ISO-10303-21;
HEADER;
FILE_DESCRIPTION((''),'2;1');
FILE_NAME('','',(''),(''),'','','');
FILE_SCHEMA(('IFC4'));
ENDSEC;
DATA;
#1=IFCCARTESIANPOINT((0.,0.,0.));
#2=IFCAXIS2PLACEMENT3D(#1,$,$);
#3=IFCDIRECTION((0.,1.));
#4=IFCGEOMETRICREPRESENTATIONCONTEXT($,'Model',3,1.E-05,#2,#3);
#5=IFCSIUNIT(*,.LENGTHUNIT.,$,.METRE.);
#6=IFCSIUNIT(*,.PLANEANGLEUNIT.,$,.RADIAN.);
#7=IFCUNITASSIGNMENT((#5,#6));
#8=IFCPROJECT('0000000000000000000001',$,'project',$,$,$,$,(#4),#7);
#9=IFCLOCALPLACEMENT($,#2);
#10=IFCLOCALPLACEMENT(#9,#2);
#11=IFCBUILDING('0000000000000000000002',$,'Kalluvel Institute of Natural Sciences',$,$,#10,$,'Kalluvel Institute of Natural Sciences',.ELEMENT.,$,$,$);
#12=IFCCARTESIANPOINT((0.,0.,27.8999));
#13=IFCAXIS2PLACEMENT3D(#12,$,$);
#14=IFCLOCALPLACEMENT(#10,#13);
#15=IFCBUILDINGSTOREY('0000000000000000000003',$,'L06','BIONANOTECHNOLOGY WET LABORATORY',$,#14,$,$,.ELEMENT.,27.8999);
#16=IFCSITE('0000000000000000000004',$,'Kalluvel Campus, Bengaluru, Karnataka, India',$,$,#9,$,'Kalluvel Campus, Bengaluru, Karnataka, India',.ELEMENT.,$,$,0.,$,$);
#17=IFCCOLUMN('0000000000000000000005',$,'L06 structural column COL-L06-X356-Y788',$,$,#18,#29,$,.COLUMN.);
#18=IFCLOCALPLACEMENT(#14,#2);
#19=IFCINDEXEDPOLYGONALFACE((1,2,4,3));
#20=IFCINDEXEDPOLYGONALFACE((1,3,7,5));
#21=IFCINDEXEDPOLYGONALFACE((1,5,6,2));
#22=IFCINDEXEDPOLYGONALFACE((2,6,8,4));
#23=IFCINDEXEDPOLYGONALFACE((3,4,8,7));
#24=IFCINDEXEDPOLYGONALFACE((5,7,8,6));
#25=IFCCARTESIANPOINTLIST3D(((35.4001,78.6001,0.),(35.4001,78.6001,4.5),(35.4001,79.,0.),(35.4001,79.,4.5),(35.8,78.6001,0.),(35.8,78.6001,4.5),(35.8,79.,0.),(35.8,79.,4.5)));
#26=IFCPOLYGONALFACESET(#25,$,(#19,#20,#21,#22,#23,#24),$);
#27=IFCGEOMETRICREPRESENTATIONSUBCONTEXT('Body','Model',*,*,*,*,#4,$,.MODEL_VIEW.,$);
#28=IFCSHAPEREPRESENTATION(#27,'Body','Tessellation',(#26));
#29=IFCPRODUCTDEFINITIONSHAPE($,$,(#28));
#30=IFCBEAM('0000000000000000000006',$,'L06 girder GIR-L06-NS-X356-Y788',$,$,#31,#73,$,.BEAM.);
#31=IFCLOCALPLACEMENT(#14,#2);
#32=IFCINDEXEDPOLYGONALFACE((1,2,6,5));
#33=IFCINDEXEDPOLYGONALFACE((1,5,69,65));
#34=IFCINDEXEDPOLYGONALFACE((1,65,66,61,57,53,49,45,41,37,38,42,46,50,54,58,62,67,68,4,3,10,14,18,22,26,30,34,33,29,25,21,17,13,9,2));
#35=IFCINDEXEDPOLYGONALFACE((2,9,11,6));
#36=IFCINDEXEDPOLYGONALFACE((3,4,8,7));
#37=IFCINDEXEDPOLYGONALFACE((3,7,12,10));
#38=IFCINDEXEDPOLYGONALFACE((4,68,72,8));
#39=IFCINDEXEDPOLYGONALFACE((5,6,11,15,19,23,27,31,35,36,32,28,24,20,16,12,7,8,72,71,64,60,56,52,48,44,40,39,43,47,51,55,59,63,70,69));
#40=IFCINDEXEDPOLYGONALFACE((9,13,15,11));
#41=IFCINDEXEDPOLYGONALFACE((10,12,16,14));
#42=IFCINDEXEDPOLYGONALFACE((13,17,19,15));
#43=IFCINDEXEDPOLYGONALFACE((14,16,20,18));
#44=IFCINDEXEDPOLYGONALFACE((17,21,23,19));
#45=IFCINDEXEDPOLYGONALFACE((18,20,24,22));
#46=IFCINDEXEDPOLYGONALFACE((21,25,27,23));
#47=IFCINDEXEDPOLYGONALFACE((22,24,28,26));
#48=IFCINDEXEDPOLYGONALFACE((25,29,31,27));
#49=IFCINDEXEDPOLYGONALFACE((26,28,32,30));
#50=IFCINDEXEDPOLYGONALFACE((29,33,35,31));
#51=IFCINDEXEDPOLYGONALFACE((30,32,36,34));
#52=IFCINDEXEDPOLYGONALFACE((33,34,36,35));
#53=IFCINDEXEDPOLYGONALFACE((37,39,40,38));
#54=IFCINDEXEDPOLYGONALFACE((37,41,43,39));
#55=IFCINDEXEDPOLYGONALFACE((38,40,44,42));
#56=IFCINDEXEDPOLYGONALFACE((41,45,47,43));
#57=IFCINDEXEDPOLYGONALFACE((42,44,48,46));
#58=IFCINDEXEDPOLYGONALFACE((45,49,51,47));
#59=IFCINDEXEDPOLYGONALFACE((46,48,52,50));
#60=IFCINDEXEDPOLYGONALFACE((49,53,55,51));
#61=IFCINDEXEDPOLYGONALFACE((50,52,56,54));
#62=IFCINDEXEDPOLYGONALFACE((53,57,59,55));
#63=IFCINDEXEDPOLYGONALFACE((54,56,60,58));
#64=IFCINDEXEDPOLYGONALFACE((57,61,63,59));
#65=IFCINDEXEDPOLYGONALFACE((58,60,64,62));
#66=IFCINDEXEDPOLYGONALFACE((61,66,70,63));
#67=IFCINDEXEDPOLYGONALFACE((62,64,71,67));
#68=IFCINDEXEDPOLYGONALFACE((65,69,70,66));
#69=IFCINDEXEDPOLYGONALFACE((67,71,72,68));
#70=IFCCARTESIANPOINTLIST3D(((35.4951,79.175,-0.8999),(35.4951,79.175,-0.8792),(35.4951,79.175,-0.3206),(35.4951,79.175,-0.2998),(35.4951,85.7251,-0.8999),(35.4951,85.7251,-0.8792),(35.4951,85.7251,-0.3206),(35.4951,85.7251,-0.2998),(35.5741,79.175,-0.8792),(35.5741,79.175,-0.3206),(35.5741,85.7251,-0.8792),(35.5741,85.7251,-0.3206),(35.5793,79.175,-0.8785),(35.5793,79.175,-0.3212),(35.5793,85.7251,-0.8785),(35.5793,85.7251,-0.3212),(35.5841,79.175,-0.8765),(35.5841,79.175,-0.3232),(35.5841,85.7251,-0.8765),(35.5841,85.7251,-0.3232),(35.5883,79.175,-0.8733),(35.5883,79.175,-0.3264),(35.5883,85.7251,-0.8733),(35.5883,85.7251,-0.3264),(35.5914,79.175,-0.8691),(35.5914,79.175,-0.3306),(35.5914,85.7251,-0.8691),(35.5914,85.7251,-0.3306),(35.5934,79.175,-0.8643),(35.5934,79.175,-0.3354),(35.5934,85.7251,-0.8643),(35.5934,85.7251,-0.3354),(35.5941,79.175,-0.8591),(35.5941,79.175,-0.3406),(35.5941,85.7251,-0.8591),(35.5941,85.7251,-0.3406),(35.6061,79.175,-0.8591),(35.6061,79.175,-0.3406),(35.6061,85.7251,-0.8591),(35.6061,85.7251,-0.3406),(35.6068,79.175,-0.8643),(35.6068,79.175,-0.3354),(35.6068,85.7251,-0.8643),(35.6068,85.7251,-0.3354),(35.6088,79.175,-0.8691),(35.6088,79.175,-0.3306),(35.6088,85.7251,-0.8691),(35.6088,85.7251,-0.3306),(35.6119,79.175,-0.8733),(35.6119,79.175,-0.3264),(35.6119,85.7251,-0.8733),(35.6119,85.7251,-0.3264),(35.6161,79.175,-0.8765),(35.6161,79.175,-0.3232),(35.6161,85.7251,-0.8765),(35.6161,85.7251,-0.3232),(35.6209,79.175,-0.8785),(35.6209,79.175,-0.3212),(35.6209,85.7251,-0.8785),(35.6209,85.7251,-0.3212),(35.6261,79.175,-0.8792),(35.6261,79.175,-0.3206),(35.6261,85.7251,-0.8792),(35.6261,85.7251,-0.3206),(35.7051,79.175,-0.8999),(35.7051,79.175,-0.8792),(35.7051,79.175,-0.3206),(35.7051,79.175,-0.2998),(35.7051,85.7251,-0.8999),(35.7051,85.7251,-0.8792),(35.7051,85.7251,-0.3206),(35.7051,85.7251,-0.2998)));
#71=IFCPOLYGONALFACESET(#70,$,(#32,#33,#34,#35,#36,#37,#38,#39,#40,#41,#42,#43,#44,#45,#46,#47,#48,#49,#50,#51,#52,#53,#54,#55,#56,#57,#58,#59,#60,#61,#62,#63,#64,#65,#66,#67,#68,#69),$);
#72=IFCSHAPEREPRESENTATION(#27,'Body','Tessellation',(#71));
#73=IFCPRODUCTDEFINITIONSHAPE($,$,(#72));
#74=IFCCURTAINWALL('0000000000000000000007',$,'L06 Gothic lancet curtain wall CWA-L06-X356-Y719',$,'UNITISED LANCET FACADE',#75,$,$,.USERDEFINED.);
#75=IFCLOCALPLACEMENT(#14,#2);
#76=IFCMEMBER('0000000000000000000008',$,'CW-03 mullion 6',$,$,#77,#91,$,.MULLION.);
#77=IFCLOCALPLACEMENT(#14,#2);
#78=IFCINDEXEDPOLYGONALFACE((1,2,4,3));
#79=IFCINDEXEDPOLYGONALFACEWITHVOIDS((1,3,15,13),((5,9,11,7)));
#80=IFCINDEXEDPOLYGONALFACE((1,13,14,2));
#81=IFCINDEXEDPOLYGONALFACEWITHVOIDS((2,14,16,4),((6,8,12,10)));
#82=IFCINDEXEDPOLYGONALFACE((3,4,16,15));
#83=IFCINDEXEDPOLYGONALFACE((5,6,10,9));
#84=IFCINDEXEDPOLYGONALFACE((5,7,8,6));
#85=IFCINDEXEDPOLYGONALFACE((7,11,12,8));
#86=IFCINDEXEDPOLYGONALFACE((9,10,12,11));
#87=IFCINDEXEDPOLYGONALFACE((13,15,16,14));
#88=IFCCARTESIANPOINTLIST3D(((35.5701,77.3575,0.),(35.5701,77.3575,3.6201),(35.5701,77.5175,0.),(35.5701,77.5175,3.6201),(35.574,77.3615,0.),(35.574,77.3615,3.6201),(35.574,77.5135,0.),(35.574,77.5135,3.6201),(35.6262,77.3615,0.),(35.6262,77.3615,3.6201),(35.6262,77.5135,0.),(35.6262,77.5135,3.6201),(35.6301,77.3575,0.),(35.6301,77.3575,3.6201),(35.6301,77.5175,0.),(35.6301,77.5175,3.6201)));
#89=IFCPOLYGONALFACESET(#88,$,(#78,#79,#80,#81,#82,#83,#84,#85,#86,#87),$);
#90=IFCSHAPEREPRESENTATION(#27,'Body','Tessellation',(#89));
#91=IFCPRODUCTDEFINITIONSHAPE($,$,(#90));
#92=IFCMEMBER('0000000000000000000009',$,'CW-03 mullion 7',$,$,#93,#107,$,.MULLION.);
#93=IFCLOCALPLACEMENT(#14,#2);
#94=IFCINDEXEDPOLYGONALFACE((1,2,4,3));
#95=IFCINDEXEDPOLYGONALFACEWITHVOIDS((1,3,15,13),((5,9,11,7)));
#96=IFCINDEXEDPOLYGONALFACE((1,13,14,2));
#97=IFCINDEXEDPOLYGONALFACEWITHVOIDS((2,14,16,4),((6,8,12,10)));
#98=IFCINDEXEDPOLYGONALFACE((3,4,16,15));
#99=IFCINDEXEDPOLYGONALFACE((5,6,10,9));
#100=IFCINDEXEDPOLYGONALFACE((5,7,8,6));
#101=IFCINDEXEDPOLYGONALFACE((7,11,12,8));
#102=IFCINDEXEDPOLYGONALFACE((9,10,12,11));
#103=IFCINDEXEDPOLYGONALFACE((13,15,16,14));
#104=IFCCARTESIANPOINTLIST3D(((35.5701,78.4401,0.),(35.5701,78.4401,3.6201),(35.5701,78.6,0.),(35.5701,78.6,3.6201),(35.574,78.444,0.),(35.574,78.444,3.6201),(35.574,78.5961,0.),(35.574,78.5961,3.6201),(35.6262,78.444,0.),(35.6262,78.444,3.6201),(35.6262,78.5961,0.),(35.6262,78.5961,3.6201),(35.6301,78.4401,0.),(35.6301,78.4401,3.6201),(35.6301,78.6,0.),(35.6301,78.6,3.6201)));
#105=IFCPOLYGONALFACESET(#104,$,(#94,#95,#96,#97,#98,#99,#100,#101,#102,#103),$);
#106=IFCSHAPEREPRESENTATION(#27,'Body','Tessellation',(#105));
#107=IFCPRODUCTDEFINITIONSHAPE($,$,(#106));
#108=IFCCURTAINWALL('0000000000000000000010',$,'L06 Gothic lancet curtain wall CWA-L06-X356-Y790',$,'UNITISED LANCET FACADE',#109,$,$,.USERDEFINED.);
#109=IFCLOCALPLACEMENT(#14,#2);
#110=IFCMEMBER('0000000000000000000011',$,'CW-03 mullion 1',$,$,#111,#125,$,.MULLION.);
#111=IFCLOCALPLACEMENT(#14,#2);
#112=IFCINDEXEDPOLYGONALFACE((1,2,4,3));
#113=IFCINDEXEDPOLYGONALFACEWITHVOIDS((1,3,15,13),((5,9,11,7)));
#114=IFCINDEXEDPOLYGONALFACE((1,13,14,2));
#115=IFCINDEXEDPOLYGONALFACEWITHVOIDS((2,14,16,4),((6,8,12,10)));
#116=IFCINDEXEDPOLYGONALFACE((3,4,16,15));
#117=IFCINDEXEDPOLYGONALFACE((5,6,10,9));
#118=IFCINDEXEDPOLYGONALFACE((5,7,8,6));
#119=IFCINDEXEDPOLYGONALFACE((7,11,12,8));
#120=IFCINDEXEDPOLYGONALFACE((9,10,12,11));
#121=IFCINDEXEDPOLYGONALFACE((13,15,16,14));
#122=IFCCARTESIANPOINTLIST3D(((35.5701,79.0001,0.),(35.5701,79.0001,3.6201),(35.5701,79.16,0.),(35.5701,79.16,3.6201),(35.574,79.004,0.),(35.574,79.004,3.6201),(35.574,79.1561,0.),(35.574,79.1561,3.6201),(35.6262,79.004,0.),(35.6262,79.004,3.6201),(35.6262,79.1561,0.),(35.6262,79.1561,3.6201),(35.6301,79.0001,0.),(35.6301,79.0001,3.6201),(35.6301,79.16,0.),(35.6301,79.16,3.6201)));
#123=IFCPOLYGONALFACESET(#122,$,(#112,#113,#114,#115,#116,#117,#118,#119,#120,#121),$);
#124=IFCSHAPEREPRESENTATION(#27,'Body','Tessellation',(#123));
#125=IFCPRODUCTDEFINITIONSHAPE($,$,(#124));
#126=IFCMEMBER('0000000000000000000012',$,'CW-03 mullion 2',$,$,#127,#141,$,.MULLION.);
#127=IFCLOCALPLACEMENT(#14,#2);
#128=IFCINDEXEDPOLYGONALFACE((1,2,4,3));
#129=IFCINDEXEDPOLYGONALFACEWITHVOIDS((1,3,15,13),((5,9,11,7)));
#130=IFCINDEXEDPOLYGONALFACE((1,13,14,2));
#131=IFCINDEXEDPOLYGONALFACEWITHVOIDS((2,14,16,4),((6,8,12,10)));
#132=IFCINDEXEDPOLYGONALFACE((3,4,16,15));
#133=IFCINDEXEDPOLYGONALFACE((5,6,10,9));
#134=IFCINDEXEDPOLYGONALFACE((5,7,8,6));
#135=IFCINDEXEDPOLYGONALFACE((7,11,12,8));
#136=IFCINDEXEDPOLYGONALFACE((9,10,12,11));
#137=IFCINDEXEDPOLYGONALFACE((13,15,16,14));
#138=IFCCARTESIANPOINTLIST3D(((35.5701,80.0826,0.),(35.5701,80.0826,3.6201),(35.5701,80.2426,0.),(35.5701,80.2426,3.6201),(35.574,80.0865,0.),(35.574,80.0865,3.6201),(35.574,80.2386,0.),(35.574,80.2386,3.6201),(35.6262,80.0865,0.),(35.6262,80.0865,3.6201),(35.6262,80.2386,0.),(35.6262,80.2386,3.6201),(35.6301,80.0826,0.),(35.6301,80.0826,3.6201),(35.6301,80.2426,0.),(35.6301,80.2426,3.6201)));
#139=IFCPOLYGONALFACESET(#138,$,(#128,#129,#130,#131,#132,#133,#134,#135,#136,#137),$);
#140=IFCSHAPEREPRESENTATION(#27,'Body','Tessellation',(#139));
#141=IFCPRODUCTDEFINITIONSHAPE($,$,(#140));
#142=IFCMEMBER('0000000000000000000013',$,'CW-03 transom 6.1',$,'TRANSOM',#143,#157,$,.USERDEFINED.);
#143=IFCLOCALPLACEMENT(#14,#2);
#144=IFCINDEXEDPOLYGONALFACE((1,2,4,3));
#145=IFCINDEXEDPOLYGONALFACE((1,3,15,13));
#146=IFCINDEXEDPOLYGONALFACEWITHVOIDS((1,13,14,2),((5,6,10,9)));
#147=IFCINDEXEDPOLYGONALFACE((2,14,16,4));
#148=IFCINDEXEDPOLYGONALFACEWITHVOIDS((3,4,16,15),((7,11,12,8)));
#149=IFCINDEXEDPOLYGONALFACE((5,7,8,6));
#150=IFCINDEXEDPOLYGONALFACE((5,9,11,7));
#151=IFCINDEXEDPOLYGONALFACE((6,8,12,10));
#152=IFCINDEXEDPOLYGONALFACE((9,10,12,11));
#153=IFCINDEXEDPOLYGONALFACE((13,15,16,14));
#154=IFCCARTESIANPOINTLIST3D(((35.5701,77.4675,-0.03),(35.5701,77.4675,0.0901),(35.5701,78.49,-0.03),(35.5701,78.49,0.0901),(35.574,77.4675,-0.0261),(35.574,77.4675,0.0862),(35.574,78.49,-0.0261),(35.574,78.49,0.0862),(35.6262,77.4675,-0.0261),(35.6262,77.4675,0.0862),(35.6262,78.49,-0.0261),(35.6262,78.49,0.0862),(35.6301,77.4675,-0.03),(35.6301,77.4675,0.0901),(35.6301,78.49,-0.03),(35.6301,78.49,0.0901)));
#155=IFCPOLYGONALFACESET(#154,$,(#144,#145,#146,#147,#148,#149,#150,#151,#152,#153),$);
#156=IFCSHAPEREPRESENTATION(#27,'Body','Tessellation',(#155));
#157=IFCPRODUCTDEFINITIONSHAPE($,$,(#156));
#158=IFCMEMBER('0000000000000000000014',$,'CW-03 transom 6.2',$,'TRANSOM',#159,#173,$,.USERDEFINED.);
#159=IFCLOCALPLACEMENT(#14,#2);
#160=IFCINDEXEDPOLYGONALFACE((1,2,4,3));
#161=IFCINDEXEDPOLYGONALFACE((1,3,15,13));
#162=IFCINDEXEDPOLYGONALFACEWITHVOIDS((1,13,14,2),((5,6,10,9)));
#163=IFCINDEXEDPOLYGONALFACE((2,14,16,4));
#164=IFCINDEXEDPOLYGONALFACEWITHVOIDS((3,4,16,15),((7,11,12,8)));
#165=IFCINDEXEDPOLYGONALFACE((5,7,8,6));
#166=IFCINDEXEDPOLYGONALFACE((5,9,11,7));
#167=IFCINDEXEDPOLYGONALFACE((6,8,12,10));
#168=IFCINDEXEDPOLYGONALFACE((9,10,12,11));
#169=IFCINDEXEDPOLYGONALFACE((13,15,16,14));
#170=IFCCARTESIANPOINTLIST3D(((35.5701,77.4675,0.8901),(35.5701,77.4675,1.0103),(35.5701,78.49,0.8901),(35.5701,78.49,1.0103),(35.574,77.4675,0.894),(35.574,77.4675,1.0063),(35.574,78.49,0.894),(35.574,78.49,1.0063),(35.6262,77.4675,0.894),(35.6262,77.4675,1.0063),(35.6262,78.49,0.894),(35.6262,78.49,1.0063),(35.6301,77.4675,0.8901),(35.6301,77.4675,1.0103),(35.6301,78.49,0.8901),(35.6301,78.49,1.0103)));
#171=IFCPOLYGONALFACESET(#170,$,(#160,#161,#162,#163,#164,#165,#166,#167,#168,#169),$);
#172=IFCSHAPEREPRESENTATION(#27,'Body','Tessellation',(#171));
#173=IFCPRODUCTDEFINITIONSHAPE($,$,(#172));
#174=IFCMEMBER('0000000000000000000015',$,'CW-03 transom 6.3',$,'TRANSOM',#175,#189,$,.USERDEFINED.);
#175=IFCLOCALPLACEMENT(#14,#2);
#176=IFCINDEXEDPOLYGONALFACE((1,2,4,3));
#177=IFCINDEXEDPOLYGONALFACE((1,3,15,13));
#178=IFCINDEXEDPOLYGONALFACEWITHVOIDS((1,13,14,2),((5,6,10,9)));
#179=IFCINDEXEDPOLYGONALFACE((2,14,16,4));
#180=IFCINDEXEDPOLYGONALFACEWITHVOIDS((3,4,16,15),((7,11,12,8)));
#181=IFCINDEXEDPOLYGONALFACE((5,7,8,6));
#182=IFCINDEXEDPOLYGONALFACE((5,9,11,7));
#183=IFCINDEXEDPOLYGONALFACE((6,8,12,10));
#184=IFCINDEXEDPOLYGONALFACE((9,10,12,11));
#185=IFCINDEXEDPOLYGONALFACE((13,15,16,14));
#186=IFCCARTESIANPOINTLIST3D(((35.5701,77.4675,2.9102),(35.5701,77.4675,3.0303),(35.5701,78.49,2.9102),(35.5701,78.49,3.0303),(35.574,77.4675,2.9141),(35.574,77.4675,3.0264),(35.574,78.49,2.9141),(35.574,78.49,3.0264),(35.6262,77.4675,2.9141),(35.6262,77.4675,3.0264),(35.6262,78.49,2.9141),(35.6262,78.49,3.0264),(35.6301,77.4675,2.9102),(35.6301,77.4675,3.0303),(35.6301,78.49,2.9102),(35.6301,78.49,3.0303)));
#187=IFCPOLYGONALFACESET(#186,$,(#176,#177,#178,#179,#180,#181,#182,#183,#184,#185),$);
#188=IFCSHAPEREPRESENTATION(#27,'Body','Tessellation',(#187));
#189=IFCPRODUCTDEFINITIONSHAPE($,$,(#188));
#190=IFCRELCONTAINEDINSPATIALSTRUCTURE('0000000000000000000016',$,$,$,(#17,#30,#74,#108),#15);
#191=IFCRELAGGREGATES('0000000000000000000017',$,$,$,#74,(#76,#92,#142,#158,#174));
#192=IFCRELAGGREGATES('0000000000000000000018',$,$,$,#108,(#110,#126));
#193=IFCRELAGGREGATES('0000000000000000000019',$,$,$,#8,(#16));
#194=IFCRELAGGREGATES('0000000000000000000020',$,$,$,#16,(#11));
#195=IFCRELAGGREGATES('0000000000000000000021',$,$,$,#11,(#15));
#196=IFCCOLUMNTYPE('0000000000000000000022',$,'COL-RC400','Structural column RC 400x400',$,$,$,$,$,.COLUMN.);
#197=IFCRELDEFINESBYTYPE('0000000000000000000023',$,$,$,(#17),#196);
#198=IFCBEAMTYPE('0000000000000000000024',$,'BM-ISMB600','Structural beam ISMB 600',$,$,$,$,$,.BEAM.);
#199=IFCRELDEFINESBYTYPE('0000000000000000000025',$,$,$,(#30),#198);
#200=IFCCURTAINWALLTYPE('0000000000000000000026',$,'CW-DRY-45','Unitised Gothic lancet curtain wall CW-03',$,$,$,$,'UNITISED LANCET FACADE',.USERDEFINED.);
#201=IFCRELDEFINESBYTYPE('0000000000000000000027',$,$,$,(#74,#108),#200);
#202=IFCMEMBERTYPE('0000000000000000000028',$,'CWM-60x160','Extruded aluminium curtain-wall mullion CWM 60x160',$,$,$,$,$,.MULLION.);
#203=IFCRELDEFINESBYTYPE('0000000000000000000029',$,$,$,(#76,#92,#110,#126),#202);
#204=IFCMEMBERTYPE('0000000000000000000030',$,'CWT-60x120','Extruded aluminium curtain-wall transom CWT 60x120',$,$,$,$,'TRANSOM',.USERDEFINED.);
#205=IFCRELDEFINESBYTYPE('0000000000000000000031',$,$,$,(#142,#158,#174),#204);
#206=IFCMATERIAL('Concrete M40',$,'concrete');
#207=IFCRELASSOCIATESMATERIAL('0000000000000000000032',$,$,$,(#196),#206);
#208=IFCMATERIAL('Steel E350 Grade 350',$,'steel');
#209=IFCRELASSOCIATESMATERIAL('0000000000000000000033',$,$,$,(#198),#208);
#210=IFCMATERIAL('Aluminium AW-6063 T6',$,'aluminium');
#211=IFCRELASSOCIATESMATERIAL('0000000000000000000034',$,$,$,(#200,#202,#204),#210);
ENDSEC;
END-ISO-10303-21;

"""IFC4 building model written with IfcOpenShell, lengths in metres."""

from ifc_helpers import new_model, si_unit, direction, frame, origin, origin_2d, place, context, subcontext, project, spatial, rectangle, hollow_rectangle, i_section, extrude, material, material_profile, profile_set, type_object, element, aggregate, save


model = new_model("IFC4")

# Units and contexts
model_context = context("Model", 3, precision=1e-05, world=origin(), true_north=direction((0.0, 1.0)))
body_context = subcontext(model_context, "Body", "Model", "MODEL_VIEW")
ifc_project = project(units=[si_unit("LENGTHUNIT", "METRE"), si_unit("PLANEANGLEUNIT", "RADIAN")], contexts=[model_context])

# Site, building, storey
site_placement = place(None, origin())
site = spatial("IfcSite", under=ifc_project, at=site_placement, Name="Kalluvel Campus, Bengaluru, Karnataka, India", LongName="Kalluvel Campus, Bengaluru, Karnataka, India", CompositionType="ELEMENT", RefElevation=0.0)
building_placement = place(site_placement, origin())
building = spatial("IfcBuilding", under=site, at=building_placement, Name="Kalluvel Institute of Natural Sciences", LongName="Kalluvel Institute of Natural Sciences", CompositionType="ELEMENT")
storey_placement = place(building_placement, frame((0.0, 0.0, 27.8999)))
storey = spatial("IfcBuildingStorey", under=building, at=storey_placement, Name="L06", Description="BIONANOTECHNOLOGY WET LABORATORY", CompositionType="ELEMENT", Elevation=27.8999)

# Column
ifc_material_1 = material(Name="Concrete M40", Category="concrete")
ifc_material_profile_1 = material_profile(ifc_material_1, rectangle(XDim=0.3999, YDim=0.3999, at=origin_2d()), Name="RC 400x400")
ifc_profile_set_1 = profile_set([ifc_material_profile_1], Name="Concrete M40")
column_type = type_object("IfcColumnType", Name="COL-RC400", Description="Structural column RC 400x400", PredefinedType="COLUMN", material=ifc_profile_set_1)
column_placement = place(storey_placement, frame((35.6001, 78.8, 0.0), z_axis=(0.0, 0.0, 1.0), x_axis=(1.0, 0.0, 0.0)))
element("IfcColumn", 1, at=column_placement, inside=storey, type_object=column_type, Name="L06 structural column COL-L06-X356-Y788", PredefinedType="COLUMN", context=body_context, shape_type="SweptSolid", body=[
    extrude(rectangle(XDim=0.3999, YDim=0.3999, at=origin_2d()), origin(), (0.0, 0.0, 1.0), 4.5),
])

# Beam
ifc_material_2 = material(Name="Steel E350 Grade 350", Category="steel")
ifc_material_profile_2 = material_profile(ifc_material_2, i_section(OverallWidth=0.21, OverallDepth=0.6001, WebThickness=0.012, FlangeThickness=0.0208, FilletRadius=0.02, at=origin_2d()), Name="ISMB 600")
ifc_profile_set_2 = profile_set([ifc_material_profile_2], Name="Steel E350 Grade 350")
beam_type = type_object("IfcBeamType", Name="BM-ISMB600", Description="Structural beam ISMB 600", PredefinedType="BEAM", material=ifc_profile_set_2)
beam_placement = place(storey_placement, frame((35.6001, 79.175, -0.5999), z_axis=(0.0, 1.0, 0.0), x_axis=(-1.0, 0.0, 0.0)))
element("IfcBeam", 2, at=beam_placement, inside=storey, type_object=beam_type, Name="L06 girder GIR-L06-NS-X356-Y788", PredefinedType="BEAM", context=body_context, shape_type="SweptSolid", body=[
    extrude(i_section(OverallWidth=0.21, OverallDepth=0.6001, WebThickness=0.012, FlangeThickness=0.0208, FilletRadius=0.02, at=origin_2d()), origin(), (0.0, 0.0, 1.0), 6.55),
])

# Curtain walls, members
ifc_material_3 = material(Name="Aluminium AW-6063 T6", Category="aluminium")
curtain_wall_type = type_object("IfcCurtainWallType", Name="CW-DRY-45", Description="Unitised Gothic lancet curtain wall CW-03", ElementType="UNITISED LANCET FACADE", PredefinedType="USERDEFINED", material=ifc_material_3)
curtain_wall_1_placement = place(storey_placement, origin())
curtain_wall_1 = element("IfcCurtainWall", 3, at=curtain_wall_1_placement, inside=storey, type_object=curtain_wall_type, Name="L06 Gothic lancet curtain wall CWA-L06-X356-Y719", ObjectType="UNITISED LANCET FACADE", PredefinedType="USERDEFINED")
ifc_material_profile_3 = material_profile(ifc_material_3, hollow_rectangle(XDim=0.0601, YDim=0.1599, WallThickness=0.0039, at=origin_2d()), Name="CWM 60x160")
ifc_profile_set_3 = profile_set([ifc_material_profile_3], Name="Aluminium AW-6063 T6")
member_type_1 = type_object("IfcMemberType", Name="CWM-60x160", Description="Extruded aluminium curtain-wall mullion CWM 60x160", PredefinedType="MULLION", material=ifc_profile_set_3)
member_1_placement = place(storey_placement, frame((35.6001, 77.4375, 0.0), z_axis=(0.0, 0.0, 1.0), x_axis=(-1.0, 0.0, 0.0)))
member_1 = element("IfcMember", 4, at=member_1_placement, type_object=member_type_1, Name="CW-03 mullion 6", PredefinedType="MULLION", context=body_context, shape_type="SweptSolid", body=[
    extrude(hollow_rectangle(XDim=0.0601, YDim=0.1599, WallThickness=0.0039, at=origin_2d()), origin(), (0.0, 0.0, 1.0), 3.6201),
])
member_2_placement = place(storey_placement, frame((35.6001, 78.52, 0.0), z_axis=(0.0, 0.0, 1.0), x_axis=(-1.0, 0.0, 0.0)))
member_2 = element("IfcMember", 5, at=member_2_placement, type_object=member_type_1, Name="CW-03 mullion 7", PredefinedType="MULLION", context=body_context, shape_type="SweptSolid", body=[
    extrude(hollow_rectangle(XDim=0.0601, YDim=0.1599, WallThickness=0.0039, at=origin_2d()), origin(), (0.0, 0.0, 1.0), 3.6201),
])
curtain_wall_2_placement = place(storey_placement, origin())
curtain_wall_2 = element("IfcCurtainWall", 6, at=curtain_wall_2_placement, inside=storey, type_object=curtain_wall_type, Name="L06 Gothic lancet curtain wall CWA-L06-X356-Y790", ObjectType="UNITISED LANCET FACADE", PredefinedType="USERDEFINED")
member_3_placement = place(storey_placement, frame((35.6001, 79.0801, 0.0), z_axis=(0.0, 0.0, 1.0), x_axis=(-1.0, 0.0, 0.0)))
member_3 = element("IfcMember", 7, at=member_3_placement, type_object=member_type_1, Name="CW-03 mullion 1", PredefinedType="MULLION", context=body_context, shape_type="SweptSolid", body=[
    extrude(hollow_rectangle(XDim=0.0601, YDim=0.1599, WallThickness=0.0039, at=origin_2d()), origin(), (0.0, 0.0, 1.0), 3.6201),
])
member_4_placement = place(storey_placement, frame((35.6001, 80.1626, 0.0), z_axis=(0.0, 0.0, 1.0), x_axis=(-1.0, 0.0, 0.0)))
member_4 = element("IfcMember", 8, at=member_4_placement, type_object=member_type_1, Name="CW-03 mullion 2", PredefinedType="MULLION", context=body_context, shape_type="SweptSolid", body=[
    extrude(hollow_rectangle(XDim=0.0601, YDim=0.1599, WallThickness=0.0039, at=origin_2d()), origin(), (0.0, 0.0, 1.0), 3.6201),
])

# Members
ifc_material_profile_4 = material_profile(ifc_material_3, hollow_rectangle(XDim=0.0601, YDim=0.1201, WallThickness=0.0039, at=origin_2d()), Name="CWT 60x120")
ifc_profile_set_4 = profile_set([ifc_material_profile_4], Name="Aluminium AW-6063 T6")
member_type_2 = type_object("IfcMemberType", Name="CWT-60x120", Description="Extruded aluminium curtain-wall transom CWT 60x120", ElementType="TRANSOM", PredefinedType="USERDEFINED", material=ifc_profile_set_4)
member_5_placement = place(storey_placement, frame((35.6001, 77.4675, 0.03), z_axis=(0.0, 1.0, 0.0), x_axis=(-1.0, 0.0, 0.0)))
member_5 = element("IfcMember", 9, at=member_5_placement, type_object=member_type_2, Name="CW-03 transom 6.1", ObjectType="TRANSOM", PredefinedType="USERDEFINED", context=body_context, shape_type="SweptSolid", body=[
    extrude(hollow_rectangle(XDim=0.0601, YDim=0.1201, WallThickness=0.0039, at=origin_2d()), origin(), (0.0, 0.0, 1.0), 1.0225),
])
member_6_placement = place(storey_placement, frame((35.6001, 77.4675, 0.9502), z_axis=(0.0, 1.0, 0.0), x_axis=(-1.0, 0.0, 0.0)))
member_6 = element("IfcMember", 10, at=member_6_placement, type_object=member_type_2, Name="CW-03 transom 6.2", ObjectType="TRANSOM", PredefinedType="USERDEFINED", context=body_context, shape_type="SweptSolid", body=[
    extrude(hollow_rectangle(XDim=0.0601, YDim=0.1201, WallThickness=0.0039, at=origin_2d()), origin(), (0.0, 0.0, 1.0), 1.0225),
])
member_7_placement = place(storey_placement, frame((35.6001, 77.4675, 2.9702), z_axis=(0.0, 1.0, 0.0), x_axis=(-1.0, 0.0, 0.0)))
member_7 = element("IfcMember", 11, at=member_7_placement, type_object=member_type_2, Name="CW-03 transom 6.3", ObjectType="TRANSOM", PredefinedType="USERDEFINED", context=body_context, shape_type="SweptSolid", body=[
    extrude(hollow_rectangle(XDim=0.0601, YDim=0.1201, WallThickness=0.0039, at=origin_2d()), origin(), (0.0, 0.0, 1.0), 1.0225),
])

aggregate(curtain_wall_1, [member_1, member_2, member_5, member_6, member_7])
aggregate(curtain_wall_2, [member_3, member_4])

save(model, "model.ifc")
